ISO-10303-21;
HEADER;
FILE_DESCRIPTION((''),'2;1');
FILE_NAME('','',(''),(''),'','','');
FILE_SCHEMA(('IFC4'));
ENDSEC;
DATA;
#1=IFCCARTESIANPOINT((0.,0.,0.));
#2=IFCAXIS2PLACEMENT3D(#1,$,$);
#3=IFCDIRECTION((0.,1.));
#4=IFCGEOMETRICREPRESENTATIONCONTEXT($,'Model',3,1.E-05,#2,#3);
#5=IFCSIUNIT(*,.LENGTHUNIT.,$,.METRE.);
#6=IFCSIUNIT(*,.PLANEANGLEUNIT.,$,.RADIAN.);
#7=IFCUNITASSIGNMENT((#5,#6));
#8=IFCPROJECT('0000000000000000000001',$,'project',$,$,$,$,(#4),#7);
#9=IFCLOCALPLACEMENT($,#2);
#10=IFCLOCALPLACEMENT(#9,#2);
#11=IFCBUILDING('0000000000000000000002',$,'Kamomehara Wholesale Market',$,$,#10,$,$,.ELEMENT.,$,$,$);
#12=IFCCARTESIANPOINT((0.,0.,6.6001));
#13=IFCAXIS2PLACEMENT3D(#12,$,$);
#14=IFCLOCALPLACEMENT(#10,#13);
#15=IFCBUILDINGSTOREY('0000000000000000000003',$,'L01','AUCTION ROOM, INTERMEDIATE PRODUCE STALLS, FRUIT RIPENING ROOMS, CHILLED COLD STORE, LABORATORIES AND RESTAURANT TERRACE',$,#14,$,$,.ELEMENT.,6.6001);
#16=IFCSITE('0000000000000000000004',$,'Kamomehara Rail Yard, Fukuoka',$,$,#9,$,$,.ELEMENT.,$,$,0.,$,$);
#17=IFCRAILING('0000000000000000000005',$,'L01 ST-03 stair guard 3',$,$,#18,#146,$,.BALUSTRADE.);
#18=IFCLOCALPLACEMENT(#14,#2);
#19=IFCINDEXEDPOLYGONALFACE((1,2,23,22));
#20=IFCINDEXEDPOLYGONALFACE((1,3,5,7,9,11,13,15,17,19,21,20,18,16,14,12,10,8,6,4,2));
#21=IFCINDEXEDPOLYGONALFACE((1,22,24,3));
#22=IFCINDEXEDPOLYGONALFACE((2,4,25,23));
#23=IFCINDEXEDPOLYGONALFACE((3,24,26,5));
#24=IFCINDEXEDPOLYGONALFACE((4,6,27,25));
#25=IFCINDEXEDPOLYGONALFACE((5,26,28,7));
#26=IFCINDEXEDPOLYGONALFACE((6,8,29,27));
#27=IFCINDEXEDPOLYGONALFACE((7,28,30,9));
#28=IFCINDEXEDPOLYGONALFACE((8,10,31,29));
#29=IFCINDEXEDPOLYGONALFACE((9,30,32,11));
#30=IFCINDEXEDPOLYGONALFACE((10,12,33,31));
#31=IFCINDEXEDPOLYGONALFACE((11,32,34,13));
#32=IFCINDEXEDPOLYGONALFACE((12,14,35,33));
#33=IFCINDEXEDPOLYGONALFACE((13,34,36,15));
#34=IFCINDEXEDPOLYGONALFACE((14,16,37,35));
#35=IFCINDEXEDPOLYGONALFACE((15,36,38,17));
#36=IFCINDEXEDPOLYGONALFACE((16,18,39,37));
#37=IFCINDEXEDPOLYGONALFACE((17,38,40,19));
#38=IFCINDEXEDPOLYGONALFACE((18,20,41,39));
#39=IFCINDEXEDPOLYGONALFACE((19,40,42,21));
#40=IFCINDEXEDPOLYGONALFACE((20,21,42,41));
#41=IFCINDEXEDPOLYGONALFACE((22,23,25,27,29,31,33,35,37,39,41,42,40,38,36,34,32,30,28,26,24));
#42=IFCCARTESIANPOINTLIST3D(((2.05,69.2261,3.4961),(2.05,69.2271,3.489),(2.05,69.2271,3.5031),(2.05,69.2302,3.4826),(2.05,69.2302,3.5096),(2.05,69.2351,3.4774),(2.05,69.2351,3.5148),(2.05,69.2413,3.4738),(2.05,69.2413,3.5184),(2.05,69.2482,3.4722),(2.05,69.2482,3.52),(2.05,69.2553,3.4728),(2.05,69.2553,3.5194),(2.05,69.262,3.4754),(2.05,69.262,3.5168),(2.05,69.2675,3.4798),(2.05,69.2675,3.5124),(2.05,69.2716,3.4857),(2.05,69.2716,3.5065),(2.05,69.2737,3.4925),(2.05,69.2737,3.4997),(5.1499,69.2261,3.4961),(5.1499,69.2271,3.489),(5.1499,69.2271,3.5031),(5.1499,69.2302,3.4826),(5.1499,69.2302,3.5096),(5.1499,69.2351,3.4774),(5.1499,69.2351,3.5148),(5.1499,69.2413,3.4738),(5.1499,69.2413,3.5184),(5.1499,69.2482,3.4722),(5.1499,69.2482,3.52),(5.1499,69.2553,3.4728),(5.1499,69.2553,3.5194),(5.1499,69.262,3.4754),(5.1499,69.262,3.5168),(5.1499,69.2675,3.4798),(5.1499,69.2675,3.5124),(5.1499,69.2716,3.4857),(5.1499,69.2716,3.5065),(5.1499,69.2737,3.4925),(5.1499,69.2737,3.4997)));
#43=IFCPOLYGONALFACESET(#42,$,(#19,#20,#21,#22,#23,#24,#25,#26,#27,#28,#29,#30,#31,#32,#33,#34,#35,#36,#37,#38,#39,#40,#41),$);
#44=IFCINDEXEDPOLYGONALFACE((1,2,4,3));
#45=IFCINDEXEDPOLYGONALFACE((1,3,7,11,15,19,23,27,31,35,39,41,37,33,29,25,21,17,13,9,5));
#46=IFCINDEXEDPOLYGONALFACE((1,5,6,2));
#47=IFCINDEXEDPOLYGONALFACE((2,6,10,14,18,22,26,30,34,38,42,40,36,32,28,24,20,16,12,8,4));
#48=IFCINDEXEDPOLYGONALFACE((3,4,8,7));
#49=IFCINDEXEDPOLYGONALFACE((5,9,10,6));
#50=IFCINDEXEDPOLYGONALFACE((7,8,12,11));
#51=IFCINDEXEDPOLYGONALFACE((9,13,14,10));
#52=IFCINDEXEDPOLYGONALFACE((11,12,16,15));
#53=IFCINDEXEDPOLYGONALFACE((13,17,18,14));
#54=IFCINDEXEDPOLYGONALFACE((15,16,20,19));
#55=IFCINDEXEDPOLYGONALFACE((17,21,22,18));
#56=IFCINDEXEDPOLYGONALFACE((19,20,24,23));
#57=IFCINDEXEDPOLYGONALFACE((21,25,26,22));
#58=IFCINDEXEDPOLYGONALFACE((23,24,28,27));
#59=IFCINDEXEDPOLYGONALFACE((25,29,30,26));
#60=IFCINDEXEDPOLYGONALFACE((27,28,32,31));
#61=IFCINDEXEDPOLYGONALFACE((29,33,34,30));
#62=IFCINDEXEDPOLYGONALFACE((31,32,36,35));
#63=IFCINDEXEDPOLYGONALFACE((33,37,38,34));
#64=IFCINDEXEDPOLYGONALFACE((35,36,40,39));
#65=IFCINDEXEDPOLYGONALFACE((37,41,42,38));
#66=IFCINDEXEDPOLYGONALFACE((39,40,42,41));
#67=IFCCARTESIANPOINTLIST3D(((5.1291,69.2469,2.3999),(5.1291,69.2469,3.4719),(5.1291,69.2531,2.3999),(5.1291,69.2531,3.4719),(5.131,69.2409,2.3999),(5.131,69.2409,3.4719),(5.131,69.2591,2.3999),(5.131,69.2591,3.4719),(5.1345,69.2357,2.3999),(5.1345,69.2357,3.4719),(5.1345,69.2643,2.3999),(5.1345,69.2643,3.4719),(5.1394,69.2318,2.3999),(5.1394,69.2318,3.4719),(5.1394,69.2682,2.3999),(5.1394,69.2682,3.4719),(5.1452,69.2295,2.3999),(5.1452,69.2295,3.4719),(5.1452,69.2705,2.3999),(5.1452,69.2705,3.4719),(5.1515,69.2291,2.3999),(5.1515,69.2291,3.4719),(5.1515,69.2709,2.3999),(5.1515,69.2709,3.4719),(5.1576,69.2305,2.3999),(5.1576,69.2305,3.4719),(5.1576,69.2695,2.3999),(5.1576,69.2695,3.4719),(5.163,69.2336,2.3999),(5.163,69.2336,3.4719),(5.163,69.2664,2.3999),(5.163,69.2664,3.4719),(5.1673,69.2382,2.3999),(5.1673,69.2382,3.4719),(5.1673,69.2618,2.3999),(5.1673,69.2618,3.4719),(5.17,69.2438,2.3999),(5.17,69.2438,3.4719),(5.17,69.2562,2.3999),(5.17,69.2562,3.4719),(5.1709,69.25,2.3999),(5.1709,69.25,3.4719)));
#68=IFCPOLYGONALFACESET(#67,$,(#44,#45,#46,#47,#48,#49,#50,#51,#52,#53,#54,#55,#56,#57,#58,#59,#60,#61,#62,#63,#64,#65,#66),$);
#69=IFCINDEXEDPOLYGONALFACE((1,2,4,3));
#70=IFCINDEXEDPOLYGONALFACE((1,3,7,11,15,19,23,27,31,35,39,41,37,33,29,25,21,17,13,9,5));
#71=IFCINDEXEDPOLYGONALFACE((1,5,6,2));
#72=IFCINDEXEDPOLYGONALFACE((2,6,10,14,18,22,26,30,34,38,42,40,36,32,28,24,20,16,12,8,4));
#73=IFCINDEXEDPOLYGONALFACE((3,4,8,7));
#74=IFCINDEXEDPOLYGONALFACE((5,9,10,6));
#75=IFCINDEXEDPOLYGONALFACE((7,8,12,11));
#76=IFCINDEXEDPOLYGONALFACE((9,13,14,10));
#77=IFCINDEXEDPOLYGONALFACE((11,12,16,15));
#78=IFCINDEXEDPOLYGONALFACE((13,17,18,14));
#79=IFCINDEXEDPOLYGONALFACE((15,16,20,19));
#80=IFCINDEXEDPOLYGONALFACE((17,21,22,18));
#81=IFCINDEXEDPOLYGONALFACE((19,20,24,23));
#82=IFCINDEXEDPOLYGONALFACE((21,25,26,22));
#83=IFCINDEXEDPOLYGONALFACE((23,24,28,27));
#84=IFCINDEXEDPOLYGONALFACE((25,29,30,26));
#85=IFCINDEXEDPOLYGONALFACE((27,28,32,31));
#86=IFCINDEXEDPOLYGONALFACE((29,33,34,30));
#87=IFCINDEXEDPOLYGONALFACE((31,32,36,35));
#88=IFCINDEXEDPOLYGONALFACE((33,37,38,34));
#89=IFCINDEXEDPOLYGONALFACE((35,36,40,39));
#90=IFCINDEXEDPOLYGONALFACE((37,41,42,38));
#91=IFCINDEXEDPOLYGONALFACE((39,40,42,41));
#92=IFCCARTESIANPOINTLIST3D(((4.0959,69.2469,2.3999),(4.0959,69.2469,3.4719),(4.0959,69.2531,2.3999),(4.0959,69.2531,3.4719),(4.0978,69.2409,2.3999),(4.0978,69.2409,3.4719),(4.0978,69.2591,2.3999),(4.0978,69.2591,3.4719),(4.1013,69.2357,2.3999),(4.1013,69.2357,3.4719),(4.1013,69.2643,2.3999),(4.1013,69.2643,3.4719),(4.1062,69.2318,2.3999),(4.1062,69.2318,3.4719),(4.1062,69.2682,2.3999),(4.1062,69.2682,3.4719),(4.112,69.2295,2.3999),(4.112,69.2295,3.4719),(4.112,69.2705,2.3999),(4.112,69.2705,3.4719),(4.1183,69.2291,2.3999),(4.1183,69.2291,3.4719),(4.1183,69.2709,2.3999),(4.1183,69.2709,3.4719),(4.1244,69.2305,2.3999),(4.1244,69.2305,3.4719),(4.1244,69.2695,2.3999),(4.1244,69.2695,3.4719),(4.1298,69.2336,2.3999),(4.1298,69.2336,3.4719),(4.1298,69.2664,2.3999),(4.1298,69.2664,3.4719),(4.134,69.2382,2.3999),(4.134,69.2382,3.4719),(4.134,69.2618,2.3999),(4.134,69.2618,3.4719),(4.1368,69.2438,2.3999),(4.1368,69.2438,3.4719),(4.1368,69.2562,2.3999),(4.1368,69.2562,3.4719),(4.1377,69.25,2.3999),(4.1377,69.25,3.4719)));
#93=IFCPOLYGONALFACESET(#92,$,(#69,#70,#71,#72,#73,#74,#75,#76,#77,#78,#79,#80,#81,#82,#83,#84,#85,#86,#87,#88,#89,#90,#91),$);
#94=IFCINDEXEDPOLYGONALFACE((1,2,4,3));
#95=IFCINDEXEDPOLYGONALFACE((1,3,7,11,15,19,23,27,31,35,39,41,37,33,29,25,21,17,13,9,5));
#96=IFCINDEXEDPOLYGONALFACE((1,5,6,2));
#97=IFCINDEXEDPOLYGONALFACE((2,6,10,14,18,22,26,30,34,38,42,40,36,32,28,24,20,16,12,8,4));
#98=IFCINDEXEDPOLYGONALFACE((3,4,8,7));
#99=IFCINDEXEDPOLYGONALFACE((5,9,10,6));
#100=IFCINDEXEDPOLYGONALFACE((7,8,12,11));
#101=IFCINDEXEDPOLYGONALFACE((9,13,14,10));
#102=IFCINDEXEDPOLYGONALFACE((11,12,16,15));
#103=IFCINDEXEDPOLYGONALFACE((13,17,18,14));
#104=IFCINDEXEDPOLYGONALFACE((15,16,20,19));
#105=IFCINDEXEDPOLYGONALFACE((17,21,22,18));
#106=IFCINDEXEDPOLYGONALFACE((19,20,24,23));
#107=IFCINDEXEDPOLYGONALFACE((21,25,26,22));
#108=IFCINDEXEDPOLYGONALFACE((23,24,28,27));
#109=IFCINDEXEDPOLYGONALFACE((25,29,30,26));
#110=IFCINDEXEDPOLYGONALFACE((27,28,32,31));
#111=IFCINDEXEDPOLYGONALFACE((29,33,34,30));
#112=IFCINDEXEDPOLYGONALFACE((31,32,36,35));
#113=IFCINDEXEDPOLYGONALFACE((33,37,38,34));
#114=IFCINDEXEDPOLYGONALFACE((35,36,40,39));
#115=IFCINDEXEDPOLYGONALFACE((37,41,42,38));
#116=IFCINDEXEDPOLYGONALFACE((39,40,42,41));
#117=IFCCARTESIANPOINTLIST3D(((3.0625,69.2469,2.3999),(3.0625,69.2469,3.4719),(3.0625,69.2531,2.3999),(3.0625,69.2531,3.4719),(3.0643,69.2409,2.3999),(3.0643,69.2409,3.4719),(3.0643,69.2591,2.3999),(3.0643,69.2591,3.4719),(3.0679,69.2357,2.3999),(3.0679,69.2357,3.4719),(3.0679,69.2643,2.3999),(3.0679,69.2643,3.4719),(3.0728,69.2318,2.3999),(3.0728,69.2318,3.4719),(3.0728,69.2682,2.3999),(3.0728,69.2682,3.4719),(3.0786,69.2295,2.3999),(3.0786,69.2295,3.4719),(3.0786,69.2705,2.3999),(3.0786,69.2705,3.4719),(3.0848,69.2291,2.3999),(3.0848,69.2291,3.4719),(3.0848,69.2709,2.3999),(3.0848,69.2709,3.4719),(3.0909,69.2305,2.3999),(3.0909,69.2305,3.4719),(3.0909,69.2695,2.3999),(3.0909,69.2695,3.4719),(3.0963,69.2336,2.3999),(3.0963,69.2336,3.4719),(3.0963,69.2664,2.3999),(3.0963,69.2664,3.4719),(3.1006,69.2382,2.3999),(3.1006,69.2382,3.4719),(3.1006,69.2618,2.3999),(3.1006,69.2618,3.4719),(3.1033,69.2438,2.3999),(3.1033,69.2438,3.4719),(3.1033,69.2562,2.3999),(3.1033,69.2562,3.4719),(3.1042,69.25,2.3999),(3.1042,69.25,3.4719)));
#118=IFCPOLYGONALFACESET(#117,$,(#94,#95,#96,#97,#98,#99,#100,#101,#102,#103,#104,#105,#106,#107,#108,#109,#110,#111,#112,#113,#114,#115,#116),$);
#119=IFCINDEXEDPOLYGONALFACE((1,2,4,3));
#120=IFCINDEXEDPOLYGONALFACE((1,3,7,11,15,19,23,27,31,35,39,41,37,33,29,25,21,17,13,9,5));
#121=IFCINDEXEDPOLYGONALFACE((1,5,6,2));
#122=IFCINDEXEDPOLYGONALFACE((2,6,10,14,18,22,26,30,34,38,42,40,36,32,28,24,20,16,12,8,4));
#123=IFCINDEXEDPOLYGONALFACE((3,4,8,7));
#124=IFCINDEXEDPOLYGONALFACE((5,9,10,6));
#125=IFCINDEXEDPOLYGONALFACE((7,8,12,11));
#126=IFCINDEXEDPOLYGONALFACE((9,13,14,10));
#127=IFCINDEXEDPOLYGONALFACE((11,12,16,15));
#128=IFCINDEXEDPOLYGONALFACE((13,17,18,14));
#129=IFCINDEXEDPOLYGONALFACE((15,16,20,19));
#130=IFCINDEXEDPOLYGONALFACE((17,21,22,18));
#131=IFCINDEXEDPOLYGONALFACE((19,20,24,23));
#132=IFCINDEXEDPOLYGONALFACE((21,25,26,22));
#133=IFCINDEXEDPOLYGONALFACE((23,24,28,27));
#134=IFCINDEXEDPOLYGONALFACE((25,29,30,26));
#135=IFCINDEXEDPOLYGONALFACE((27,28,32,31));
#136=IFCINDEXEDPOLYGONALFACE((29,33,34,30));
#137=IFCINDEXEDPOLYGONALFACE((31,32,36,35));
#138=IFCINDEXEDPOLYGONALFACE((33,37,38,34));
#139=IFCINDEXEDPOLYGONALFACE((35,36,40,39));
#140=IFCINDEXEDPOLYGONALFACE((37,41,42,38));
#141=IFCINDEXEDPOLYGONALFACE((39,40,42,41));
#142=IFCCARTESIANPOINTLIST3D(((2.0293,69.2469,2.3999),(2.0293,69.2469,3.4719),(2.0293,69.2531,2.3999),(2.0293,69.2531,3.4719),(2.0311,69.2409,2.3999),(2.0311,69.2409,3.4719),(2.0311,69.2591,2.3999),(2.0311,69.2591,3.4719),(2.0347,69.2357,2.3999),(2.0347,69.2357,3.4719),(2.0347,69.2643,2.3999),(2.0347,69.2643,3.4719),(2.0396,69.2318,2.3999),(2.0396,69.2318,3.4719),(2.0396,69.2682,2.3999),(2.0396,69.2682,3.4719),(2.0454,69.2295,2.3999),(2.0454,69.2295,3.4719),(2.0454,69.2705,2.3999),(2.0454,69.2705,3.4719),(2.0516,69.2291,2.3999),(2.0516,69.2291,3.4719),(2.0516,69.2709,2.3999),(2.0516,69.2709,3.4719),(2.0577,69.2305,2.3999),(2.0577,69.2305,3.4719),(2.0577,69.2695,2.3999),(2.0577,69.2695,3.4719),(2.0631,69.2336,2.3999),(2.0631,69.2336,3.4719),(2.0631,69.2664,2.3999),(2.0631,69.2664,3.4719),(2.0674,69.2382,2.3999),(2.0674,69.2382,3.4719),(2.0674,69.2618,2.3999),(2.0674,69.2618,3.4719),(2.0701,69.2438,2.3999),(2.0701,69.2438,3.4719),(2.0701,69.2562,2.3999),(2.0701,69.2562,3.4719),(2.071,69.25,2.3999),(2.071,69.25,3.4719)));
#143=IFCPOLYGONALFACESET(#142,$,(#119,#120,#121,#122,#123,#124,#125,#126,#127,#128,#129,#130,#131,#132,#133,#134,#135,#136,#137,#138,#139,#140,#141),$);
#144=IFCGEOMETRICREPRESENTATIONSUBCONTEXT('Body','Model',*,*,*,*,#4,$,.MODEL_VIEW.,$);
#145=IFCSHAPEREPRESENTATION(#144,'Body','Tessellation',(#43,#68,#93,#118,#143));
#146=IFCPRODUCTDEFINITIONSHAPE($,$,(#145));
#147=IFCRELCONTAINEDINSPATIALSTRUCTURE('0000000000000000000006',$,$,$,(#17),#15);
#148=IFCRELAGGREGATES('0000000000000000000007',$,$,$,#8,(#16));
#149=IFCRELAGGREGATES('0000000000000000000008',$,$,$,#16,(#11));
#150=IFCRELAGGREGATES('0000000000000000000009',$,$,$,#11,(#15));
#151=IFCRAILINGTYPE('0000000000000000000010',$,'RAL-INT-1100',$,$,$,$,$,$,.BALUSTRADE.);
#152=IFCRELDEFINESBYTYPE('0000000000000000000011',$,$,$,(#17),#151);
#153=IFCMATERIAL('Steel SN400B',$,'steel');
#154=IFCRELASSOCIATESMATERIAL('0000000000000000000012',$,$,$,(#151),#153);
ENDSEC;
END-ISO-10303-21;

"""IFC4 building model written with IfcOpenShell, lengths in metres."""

from ifc_helpers import new_model, si_unit, direction, frame, origin, origin_2d, place, context, subcontext, project, spatial, circle, extrude, material, type_object, element, save


model = new_model("IFC4")

# Units and contexts
model_context = context("Model", 3, precision=1e-05, world=origin(), true_north=direction((0.0, 1.0)))
body_context = subcontext(model_context, "Body", "Model", "MODEL_VIEW")
ifc_project = project(units=[si_unit("LENGTHUNIT", "METRE"), si_unit("PLANEANGLEUNIT", "RADIAN")], contexts=[model_context])

# Site, building, storey
site_placement = place(None, origin())
site = spatial("IfcSite", under=ifc_project, at=site_placement, Name="Kamomehara Rail Yard, Fukuoka", CompositionType="ELEMENT", RefElevation=0.0)
building_placement = place(site_placement, origin())
building = spatial("IfcBuilding", under=site, at=building_placement, Name="Kamomehara Wholesale Market", CompositionType="ELEMENT")
storey_placement = place(building_placement, frame((0.0, 0.0, 6.6001)))
storey = spatial("IfcBuildingStorey", under=building, at=storey_placement, Name="L01", Description="AUCTION ROOM, INTERMEDIATE PRODUCE STALLS, FRUIT RIPENING ROOMS, CHILLED COLD STORE, LABORATORIES AND RESTAURANT TERRACE", CompositionType="ELEMENT", Elevation=6.6001)

# Railing
ifc_material_1 = material(Name="Steel SN400B", Category="steel")
railing_type_1 = type_object("IfcRailingType", Name="RAL-INT-1100", PredefinedType="BALUSTRADE", material=ifc_material_1)
railing_1_placement = place(storey_placement, frame((5.1499, 69.25, 2.3999)))
element("IfcRailing", 1, at=railing_1_placement, inside=storey, type_object=railing_type_1, Name="L01 ST-03 stair guard 3", PredefinedType="BALUSTRADE", context=body_context, shape_type="SweptSolid", body=[
    extrude(circle(Radius=0.0239, at=origin_2d()), frame((0.0, 0.0, 1.0962), z_axis=(-1.0, 0.0, 0.0), x_axis=(0.0, -1.0, 0.0)), (0.0, 0.0, 1.0), 3.0999),
    extrude(circle(Radius=0.021, at=origin_2d()), origin(), (0.0, 0.0, 1.0), 1.072),
    extrude(circle(Radius=0.021, at=origin_2d()), frame((-1.0332, 0.0, 0.0)), (0.0, 0.0, 1.0), 1.072),
    extrude(circle(Radius=0.021, at=origin_2d()), frame((-2.0667, 0.0, 0.0)), (0.0, 0.0, 1.0), 1.072),
    extrude(circle(Radius=0.021, at=origin_2d()), frame((-3.0999, 0.0, 0.0)), (0.0, 0.0, 1.0), 1.072),
])

save(model, "model.ifc")
